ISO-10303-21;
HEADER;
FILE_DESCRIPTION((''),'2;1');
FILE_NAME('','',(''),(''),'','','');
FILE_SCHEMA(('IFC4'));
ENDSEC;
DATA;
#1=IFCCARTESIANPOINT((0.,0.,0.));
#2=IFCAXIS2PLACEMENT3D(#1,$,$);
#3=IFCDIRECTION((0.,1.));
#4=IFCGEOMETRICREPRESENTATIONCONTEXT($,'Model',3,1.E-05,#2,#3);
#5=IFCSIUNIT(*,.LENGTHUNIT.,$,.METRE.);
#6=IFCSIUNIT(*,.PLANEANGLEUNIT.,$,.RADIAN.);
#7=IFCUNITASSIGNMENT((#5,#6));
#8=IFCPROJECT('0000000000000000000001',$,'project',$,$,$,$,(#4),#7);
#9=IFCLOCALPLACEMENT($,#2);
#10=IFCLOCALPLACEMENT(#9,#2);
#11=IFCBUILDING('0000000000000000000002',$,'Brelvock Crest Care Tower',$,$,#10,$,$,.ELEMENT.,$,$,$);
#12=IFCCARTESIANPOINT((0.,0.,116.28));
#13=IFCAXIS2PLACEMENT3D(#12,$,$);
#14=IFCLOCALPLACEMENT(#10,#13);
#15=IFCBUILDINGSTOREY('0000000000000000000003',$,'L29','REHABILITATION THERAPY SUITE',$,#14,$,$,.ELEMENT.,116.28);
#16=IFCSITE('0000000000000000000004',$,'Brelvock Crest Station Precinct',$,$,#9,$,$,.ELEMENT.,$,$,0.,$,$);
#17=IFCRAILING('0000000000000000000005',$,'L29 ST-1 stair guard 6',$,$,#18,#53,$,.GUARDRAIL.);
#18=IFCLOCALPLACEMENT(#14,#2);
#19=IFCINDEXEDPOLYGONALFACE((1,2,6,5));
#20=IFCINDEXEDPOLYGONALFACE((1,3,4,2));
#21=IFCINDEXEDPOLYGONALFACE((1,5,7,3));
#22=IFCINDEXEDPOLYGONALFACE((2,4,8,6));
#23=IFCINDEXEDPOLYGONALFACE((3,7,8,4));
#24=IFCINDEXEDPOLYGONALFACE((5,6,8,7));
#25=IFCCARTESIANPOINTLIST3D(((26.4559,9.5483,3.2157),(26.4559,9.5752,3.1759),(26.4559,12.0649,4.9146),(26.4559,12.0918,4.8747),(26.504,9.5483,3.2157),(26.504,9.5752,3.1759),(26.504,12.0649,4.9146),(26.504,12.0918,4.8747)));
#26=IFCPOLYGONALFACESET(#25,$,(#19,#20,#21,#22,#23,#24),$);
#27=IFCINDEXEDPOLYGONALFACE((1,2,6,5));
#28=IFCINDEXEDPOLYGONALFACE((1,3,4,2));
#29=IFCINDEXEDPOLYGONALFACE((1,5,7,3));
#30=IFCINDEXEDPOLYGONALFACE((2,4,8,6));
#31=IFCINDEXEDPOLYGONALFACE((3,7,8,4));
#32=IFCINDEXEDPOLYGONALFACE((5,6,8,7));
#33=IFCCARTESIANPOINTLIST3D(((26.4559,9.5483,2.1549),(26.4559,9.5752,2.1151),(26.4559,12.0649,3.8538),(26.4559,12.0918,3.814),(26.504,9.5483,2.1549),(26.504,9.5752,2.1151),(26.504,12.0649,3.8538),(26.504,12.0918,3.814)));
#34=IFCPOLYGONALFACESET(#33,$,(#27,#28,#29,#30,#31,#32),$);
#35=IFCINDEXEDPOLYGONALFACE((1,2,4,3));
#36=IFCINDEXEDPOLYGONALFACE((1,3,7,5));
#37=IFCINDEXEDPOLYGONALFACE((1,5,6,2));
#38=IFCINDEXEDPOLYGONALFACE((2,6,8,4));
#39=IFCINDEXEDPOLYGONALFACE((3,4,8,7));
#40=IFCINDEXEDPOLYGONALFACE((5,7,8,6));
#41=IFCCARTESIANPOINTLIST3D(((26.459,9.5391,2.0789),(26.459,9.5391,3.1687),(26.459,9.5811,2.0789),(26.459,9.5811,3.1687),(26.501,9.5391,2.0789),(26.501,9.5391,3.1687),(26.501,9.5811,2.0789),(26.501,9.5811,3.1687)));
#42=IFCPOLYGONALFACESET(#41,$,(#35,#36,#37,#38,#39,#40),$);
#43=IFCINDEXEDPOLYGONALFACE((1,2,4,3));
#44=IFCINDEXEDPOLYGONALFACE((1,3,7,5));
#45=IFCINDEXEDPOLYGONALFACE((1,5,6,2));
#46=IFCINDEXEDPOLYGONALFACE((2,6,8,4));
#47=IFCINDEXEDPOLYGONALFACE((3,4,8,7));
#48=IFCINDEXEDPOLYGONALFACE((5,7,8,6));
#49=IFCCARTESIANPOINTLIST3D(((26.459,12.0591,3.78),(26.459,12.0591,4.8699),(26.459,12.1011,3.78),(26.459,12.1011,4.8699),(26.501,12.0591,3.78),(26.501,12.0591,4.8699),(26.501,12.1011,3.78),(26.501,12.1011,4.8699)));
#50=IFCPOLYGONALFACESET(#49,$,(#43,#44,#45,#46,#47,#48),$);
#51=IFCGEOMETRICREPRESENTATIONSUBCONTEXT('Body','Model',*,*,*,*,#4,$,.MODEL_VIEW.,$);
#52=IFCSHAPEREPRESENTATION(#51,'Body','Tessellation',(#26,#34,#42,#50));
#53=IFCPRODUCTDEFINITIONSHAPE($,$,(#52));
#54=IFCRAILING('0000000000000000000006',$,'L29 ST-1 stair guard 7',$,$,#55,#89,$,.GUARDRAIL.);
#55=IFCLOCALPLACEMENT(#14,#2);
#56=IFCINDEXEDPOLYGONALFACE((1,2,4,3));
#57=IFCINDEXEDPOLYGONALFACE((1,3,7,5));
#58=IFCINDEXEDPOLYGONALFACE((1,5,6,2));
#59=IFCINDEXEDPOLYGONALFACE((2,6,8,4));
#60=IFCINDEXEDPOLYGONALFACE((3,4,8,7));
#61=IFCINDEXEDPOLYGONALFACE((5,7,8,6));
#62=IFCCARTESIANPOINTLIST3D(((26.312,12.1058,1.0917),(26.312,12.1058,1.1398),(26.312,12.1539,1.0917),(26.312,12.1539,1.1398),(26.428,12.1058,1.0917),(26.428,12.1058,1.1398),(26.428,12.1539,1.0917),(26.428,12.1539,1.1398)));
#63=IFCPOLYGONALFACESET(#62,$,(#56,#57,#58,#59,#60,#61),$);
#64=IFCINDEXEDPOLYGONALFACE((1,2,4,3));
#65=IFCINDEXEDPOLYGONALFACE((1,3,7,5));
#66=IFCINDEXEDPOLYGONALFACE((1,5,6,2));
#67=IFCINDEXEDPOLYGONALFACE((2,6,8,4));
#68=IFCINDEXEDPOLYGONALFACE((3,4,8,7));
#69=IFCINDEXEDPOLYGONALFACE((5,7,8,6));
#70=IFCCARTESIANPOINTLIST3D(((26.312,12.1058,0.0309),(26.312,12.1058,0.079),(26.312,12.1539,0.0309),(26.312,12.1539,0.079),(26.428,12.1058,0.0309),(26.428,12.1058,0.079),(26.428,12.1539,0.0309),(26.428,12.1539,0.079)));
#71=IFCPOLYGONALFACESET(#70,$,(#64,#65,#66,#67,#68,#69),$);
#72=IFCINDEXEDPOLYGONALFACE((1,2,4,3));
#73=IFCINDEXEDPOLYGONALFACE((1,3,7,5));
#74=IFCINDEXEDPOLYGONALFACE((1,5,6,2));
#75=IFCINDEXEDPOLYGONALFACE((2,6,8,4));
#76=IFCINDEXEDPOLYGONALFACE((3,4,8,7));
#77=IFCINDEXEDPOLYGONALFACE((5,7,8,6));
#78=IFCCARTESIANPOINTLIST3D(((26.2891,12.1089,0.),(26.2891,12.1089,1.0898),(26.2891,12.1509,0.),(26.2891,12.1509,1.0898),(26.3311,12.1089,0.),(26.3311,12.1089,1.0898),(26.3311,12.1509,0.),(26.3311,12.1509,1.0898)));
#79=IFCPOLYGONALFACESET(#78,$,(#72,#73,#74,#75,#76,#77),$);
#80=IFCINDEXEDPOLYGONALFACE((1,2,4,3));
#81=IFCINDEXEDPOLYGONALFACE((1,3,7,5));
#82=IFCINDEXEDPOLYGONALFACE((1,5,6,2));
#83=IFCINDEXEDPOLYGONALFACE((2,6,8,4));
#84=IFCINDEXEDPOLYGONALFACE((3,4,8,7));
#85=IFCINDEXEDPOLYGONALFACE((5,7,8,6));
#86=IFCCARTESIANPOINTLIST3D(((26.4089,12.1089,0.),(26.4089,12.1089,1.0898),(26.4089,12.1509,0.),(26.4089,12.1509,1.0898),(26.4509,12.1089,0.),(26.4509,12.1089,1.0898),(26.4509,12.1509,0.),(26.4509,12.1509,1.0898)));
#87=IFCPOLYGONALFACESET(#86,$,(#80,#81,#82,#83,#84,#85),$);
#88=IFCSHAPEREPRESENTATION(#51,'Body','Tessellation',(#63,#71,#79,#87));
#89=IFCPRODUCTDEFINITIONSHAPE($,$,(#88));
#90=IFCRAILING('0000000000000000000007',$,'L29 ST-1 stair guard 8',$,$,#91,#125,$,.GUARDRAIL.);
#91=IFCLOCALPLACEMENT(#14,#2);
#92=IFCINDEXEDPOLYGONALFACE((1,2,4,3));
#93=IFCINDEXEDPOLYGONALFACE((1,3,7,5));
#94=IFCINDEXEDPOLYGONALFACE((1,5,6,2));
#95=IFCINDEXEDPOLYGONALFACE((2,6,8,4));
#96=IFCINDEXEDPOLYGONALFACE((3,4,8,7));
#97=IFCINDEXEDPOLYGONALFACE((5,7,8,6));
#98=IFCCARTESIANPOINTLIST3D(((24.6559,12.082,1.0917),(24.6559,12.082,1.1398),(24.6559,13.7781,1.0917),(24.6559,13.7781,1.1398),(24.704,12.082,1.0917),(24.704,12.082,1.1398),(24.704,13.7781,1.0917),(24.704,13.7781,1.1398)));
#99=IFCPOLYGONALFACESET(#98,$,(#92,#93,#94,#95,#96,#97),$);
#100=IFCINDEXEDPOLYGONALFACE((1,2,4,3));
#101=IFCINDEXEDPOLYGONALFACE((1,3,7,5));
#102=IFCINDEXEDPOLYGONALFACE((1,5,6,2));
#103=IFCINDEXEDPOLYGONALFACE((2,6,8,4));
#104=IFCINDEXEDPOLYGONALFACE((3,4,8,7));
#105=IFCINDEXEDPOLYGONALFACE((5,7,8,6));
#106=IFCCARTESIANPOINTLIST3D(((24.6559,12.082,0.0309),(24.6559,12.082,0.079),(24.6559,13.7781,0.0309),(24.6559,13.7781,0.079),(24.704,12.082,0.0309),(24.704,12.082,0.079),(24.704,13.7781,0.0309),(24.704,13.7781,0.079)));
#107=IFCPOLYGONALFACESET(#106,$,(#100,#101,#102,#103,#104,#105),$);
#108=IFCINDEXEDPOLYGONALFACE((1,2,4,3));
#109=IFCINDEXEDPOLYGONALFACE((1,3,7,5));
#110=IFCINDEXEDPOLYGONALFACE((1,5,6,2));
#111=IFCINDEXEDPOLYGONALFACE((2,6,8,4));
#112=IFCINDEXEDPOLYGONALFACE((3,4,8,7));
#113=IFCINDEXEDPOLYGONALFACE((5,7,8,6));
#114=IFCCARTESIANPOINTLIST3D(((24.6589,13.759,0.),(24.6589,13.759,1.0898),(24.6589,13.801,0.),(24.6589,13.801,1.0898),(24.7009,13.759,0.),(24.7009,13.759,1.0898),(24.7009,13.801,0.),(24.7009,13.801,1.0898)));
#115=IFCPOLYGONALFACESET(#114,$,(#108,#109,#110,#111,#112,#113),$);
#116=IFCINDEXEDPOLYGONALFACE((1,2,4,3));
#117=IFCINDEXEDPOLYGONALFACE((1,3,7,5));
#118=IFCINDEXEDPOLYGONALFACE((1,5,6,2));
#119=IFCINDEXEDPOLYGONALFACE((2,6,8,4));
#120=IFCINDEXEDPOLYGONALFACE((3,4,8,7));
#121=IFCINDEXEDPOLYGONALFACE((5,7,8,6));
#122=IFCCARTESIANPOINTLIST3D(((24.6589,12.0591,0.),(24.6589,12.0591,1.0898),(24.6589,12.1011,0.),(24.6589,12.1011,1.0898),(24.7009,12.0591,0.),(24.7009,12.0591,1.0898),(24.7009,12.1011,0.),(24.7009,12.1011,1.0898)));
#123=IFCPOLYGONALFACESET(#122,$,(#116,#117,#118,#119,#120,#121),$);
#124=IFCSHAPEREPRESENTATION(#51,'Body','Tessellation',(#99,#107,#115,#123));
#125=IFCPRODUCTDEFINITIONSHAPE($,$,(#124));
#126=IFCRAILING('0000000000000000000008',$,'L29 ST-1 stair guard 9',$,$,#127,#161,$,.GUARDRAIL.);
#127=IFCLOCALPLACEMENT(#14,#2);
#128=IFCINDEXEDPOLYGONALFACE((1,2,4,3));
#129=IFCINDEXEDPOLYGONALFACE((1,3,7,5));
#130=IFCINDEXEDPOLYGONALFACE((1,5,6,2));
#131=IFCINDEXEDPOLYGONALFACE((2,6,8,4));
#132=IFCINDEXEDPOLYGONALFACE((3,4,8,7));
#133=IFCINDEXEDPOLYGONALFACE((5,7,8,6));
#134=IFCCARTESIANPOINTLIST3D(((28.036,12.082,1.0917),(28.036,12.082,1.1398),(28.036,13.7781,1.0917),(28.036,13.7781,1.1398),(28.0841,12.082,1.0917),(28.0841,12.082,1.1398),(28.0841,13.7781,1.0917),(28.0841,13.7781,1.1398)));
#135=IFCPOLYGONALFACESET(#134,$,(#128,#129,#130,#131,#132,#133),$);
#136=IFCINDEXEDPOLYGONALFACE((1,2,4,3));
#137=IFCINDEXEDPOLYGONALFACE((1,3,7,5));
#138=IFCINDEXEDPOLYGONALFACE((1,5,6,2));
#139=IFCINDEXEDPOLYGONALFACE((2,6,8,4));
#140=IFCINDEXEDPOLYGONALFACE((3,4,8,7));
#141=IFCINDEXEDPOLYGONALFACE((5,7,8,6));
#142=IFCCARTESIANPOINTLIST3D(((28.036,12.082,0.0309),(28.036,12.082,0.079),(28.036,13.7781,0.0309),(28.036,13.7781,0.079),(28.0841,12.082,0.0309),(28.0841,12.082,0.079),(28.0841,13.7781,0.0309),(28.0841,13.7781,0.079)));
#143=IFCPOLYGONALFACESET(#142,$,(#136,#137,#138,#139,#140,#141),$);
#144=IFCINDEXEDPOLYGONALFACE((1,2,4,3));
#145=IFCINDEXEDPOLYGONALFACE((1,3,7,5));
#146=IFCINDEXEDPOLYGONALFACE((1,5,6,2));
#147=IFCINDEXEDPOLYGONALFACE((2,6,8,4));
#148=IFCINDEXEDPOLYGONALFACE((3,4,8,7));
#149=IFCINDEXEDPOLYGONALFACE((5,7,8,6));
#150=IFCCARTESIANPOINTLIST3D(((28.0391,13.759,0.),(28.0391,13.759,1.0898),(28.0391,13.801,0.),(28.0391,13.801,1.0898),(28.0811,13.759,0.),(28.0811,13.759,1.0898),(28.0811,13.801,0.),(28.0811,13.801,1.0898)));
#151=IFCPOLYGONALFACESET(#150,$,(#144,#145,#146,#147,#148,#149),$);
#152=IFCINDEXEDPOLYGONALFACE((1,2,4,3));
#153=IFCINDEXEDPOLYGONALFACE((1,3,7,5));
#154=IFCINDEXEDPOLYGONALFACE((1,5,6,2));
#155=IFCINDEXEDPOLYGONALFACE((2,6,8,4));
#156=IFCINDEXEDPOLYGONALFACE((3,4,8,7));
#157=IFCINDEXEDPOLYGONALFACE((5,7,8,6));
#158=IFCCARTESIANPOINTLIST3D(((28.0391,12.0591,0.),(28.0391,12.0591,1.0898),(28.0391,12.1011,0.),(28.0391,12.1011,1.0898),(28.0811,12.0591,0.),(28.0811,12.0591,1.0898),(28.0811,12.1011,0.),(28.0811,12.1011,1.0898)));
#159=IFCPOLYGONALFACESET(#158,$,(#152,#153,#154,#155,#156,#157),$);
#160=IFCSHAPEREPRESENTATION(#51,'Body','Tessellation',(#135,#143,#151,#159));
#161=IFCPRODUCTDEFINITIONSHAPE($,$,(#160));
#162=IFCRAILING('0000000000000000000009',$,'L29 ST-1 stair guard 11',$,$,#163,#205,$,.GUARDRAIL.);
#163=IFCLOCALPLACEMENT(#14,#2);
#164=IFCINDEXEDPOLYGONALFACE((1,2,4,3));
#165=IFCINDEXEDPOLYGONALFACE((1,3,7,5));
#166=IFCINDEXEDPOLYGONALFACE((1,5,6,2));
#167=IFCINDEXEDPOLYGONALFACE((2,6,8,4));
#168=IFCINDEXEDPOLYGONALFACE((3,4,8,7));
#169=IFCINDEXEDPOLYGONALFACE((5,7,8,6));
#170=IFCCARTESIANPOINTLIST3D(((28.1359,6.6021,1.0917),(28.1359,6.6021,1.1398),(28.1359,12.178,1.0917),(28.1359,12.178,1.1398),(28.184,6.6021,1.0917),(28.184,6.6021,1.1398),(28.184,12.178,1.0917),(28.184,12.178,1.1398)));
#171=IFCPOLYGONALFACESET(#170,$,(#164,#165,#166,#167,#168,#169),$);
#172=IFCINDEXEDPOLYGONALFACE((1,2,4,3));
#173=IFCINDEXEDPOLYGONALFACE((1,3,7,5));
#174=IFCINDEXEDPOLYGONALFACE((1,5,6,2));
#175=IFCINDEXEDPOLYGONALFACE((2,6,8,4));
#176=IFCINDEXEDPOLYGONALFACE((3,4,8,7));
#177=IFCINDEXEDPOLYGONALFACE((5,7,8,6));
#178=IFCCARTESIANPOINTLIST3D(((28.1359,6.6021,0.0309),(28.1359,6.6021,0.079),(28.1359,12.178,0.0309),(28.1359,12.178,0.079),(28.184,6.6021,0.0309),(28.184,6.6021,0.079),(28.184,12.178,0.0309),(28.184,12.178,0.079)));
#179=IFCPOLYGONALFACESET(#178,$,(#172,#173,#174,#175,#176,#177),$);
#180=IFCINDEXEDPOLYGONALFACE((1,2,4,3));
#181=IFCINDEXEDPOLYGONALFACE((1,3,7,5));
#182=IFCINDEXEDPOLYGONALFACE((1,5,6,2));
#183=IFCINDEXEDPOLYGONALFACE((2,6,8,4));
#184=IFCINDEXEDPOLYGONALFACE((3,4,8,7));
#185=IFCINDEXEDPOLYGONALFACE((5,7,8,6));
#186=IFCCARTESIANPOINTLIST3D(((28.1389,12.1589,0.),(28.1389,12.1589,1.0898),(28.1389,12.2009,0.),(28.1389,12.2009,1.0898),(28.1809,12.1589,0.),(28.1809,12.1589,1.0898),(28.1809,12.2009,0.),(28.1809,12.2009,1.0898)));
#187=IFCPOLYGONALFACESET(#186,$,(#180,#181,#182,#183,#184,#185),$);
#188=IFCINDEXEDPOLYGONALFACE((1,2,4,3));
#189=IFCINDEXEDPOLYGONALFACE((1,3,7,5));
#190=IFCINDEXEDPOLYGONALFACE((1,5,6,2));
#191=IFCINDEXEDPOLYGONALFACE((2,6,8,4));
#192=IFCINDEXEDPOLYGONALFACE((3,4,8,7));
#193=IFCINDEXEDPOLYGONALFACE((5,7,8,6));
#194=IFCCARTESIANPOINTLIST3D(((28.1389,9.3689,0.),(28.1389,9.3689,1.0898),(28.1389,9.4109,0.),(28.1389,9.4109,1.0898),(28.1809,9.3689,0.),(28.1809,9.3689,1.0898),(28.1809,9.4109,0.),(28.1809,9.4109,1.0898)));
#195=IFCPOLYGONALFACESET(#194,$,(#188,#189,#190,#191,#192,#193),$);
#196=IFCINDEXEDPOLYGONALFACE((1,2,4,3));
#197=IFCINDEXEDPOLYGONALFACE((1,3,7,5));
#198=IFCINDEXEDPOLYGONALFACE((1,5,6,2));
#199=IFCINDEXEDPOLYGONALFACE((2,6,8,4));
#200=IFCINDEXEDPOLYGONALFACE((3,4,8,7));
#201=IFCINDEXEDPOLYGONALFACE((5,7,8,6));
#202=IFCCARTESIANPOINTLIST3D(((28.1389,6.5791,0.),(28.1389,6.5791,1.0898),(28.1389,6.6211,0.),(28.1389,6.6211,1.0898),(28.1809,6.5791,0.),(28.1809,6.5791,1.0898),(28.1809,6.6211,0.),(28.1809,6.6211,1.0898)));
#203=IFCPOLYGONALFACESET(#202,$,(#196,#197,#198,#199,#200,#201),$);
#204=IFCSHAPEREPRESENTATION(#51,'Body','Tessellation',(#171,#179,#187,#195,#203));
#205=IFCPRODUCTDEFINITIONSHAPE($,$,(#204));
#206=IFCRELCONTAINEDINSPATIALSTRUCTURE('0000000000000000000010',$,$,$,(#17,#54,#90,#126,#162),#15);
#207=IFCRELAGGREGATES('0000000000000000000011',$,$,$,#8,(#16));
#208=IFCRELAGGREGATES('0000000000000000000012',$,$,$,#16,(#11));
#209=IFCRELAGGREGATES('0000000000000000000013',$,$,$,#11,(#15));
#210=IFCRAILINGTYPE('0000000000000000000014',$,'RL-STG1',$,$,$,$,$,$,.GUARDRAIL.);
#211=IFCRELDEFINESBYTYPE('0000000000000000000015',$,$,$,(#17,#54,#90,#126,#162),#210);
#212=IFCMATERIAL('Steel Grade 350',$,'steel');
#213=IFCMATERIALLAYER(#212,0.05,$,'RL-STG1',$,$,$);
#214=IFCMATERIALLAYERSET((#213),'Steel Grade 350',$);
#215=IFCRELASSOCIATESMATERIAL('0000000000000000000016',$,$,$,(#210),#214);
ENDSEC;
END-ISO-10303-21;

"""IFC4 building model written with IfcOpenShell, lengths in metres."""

from ifc_helpers import new_model, si_unit, direction, frame, origin, origin_2d, place, context, subcontext, project, spatial, rectangle, extrude, material, layer, layer_set, type_object, element, save


model = new_model("IFC4")

# Units and contexts
model_context = context("Model", 3, precision=1e-05, world=origin(), true_north=direction((0.0, 1.0)))
body_context = subcontext(model_context, "Body", "Model", "MODEL_VIEW")
ifc_project = project(units=[si_unit("LENGTHUNIT", "METRE"), si_unit("PLANEANGLEUNIT", "RADIAN")], contexts=[model_context])

# Site, building, storey
site_placement = place(None, origin())
site = spatial("IfcSite", under=ifc_project, at=site_placement, Name="Brelvock Crest Station Precinct", CompositionType="ELEMENT", RefElevation=0.0)
building_placement = place(site_placement, origin())
building = spatial("IfcBuilding", under=site, at=building_placement, Name="Brelvock Crest Care Tower", CompositionType="ELEMENT")
storey_placement = place(building_placement, frame((0.0, 0.0, 116.28)))
storey = spatial("IfcBuildingStorey", under=building, at=storey_placement, Name="L29", Description="REHABILITATION THERAPY SUITE", CompositionType="ELEMENT", Elevation=116.28)

# Shared definitions
ifc_material_1 = material(Name="Steel Grade 350", Category="steel")

# Railings
ifc_layer_1 = layer(ifc_material_1, 0.05, Name="RL-STG1")
ifc_layer_set_1 = layer_set([ifc_layer_1], Name="Steel Grade 350")
railing_type_1 = type_object("IfcRailingType", Name="RL-STG1", PredefinedType="GUARDRAIL", material=ifc_layer_set_1)
railing_1_placement = place(storey_placement, frame((26.48, 9.5601, 2.0789)))
element("IfcRailing", 1, at=railing_1_placement, inside=storey, type_object=railing_type_1, Name="L29 ST-1 stair guard 6", PredefinedType="GUARDRAIL", context=body_context, shape_type="SweptSolid", body=[
    extrude(rectangle(XDim=0.0481, YDim=0.0481, at=origin_2d()), frame((0.0, 0.0017, 1.1169), z_axis=(0.0, 0.828824, 0.559509), x_axis=(-1.0, 0.0, 0.0)), (0.0, 0.0, 1.0), 3.0364),
    extrude(rectangle(XDim=0.0481, YDim=0.0481, at=origin_2d()), frame((0.0, 0.0017, 0.0562), z_axis=(0.0, 0.828824, 0.559509), x_axis=(-1.0, 0.0, 0.0)), (0.0, 0.0, 1.0), 3.0364),
    extrude(rectangle(XDim=0.042, YDim=0.042, at=origin_2d()), origin(), (0.0, 0.0, 1.0), 1.0898),
    extrude(rectangle(XDim=0.042, YDim=0.042, at=origin_2d()), frame((0.0, 2.52, 1.7012)), (0.0, 0.0, 1.0), 1.0898),
])
railing_2_placement = place(storey_placement, frame((26.3101, 12.1299, 0.0)))
element("IfcRailing", 2, at=railing_2_placement, inside=storey, type_object=railing_type_1, Name="L29 ST-1 stair guard 7", PredefinedType="GUARDRAIL", context=body_context, shape_type="SweptSolid", body=[
    extrude(rectangle(XDim=0.0481, YDim=0.0481, at=origin_2d()), frame((0.002, 0.0, 1.1157), z_axis=(1.0, 0.0, 0.0), x_axis=(0.0, 1.0, 0.0)), (0.0, 0.0, 1.0), 0.116),
    extrude(rectangle(XDim=0.0481, YDim=0.0481, at=origin_2d()), frame((0.002, 0.0, 0.0549), z_axis=(1.0, 0.0, 0.0), x_axis=(0.0, 1.0, 0.0)), (0.0, 0.0, 1.0), 0.116),
    extrude(rectangle(XDim=0.042, YDim=0.042, at=origin_2d()), origin(), (0.0, 0.0, 1.0), 1.0898),
    extrude(rectangle(XDim=0.042, YDim=0.042, at=origin_2d()), frame((0.1199, 0.0, 0.0)), (0.0, 0.0, 1.0), 1.0898),
])
for number, where, name in (
    (3, (24.6799, 13.78, 0.0), "L29 ST-1 stair guard 8"),
    (4, (28.0601, 13.78, 0.0), "L29 ST-1 stair guard 9"),
):
    element("IfcRailing", number, at=place(storey_placement, frame(where)), inside=storey, type_object=railing_type_1, Name=name, PredefinedType="GUARDRAIL", context=body_context, shape_type="SweptSolid", body=[
        extrude(rectangle(XDim=0.0481, YDim=0.0481, at=origin_2d()), frame((0.0, -0.002, 1.1157), z_axis=(0.0, -1.0, 0.0), x_axis=(1.0, 0.0, 0.0)), (0.0, 0.0, 1.0), 1.696),
        extrude(rectangle(XDim=0.0481, YDim=0.0481, at=origin_2d()), frame((0.0, -0.002, 0.0549), z_axis=(0.0, -1.0, 0.0), x_axis=(1.0, 0.0, 0.0)), (0.0, 0.0, 1.0), 1.696),
        extrude(rectangle(XDim=0.042, YDim=0.042, at=origin_2d()), origin(), (0.0, 0.0, 1.0), 1.0898),
        extrude(rectangle(XDim=0.042, YDim=0.042, at=origin_2d()), frame((0.0, -1.7, 0.0)), (0.0, 0.0, 1.0), 1.0898),
    ])
railing_3_placement = place(storey_placement, frame((28.1599, 12.1799, 0.0)))
element("IfcRailing", 5, at=railing_3_placement, inside=storey, type_object=railing_type_1, Name="L29 ST-1 stair guard 11", PredefinedType="GUARDRAIL", context=body_context, shape_type="SweptSolid", body=[
    extrude(rectangle(XDim=0.0481, YDim=0.0481, at=origin_2d()), frame((0.0, -0.002, 1.1157), z_axis=(0.0, -1.0, 0.0), x_axis=(1.0, 0.0, 0.0)), (0.0, 0.0, 1.0), 5.5759),
    extrude(rectangle(XDim=0.0481, YDim=0.0481, at=origin_2d()), frame((0.0, -0.002, 0.0549), z_axis=(0.0, -1.0, 0.0), x_axis=(1.0, 0.0, 0.0)), (0.0, 0.0, 1.0), 5.5759),
    extrude(rectangle(XDim=0.042, YDim=0.042, at=origin_2d()), origin(), (0.0, 0.0, 1.0), 1.0898),
    extrude(rectangle(XDim=0.042, YDim=0.042, at=origin_2d()), frame((0.0, -2.79, 0.0)), (0.0, 0.0, 1.0), 1.0898),
    extrude(rectangle(XDim=0.042, YDim=0.042, at=origin_2d()), frame((0.0, -5.5798, 0.0)), (0.0, 0.0, 1.0), 1.0898),
])

save(model, "model.ifc")
